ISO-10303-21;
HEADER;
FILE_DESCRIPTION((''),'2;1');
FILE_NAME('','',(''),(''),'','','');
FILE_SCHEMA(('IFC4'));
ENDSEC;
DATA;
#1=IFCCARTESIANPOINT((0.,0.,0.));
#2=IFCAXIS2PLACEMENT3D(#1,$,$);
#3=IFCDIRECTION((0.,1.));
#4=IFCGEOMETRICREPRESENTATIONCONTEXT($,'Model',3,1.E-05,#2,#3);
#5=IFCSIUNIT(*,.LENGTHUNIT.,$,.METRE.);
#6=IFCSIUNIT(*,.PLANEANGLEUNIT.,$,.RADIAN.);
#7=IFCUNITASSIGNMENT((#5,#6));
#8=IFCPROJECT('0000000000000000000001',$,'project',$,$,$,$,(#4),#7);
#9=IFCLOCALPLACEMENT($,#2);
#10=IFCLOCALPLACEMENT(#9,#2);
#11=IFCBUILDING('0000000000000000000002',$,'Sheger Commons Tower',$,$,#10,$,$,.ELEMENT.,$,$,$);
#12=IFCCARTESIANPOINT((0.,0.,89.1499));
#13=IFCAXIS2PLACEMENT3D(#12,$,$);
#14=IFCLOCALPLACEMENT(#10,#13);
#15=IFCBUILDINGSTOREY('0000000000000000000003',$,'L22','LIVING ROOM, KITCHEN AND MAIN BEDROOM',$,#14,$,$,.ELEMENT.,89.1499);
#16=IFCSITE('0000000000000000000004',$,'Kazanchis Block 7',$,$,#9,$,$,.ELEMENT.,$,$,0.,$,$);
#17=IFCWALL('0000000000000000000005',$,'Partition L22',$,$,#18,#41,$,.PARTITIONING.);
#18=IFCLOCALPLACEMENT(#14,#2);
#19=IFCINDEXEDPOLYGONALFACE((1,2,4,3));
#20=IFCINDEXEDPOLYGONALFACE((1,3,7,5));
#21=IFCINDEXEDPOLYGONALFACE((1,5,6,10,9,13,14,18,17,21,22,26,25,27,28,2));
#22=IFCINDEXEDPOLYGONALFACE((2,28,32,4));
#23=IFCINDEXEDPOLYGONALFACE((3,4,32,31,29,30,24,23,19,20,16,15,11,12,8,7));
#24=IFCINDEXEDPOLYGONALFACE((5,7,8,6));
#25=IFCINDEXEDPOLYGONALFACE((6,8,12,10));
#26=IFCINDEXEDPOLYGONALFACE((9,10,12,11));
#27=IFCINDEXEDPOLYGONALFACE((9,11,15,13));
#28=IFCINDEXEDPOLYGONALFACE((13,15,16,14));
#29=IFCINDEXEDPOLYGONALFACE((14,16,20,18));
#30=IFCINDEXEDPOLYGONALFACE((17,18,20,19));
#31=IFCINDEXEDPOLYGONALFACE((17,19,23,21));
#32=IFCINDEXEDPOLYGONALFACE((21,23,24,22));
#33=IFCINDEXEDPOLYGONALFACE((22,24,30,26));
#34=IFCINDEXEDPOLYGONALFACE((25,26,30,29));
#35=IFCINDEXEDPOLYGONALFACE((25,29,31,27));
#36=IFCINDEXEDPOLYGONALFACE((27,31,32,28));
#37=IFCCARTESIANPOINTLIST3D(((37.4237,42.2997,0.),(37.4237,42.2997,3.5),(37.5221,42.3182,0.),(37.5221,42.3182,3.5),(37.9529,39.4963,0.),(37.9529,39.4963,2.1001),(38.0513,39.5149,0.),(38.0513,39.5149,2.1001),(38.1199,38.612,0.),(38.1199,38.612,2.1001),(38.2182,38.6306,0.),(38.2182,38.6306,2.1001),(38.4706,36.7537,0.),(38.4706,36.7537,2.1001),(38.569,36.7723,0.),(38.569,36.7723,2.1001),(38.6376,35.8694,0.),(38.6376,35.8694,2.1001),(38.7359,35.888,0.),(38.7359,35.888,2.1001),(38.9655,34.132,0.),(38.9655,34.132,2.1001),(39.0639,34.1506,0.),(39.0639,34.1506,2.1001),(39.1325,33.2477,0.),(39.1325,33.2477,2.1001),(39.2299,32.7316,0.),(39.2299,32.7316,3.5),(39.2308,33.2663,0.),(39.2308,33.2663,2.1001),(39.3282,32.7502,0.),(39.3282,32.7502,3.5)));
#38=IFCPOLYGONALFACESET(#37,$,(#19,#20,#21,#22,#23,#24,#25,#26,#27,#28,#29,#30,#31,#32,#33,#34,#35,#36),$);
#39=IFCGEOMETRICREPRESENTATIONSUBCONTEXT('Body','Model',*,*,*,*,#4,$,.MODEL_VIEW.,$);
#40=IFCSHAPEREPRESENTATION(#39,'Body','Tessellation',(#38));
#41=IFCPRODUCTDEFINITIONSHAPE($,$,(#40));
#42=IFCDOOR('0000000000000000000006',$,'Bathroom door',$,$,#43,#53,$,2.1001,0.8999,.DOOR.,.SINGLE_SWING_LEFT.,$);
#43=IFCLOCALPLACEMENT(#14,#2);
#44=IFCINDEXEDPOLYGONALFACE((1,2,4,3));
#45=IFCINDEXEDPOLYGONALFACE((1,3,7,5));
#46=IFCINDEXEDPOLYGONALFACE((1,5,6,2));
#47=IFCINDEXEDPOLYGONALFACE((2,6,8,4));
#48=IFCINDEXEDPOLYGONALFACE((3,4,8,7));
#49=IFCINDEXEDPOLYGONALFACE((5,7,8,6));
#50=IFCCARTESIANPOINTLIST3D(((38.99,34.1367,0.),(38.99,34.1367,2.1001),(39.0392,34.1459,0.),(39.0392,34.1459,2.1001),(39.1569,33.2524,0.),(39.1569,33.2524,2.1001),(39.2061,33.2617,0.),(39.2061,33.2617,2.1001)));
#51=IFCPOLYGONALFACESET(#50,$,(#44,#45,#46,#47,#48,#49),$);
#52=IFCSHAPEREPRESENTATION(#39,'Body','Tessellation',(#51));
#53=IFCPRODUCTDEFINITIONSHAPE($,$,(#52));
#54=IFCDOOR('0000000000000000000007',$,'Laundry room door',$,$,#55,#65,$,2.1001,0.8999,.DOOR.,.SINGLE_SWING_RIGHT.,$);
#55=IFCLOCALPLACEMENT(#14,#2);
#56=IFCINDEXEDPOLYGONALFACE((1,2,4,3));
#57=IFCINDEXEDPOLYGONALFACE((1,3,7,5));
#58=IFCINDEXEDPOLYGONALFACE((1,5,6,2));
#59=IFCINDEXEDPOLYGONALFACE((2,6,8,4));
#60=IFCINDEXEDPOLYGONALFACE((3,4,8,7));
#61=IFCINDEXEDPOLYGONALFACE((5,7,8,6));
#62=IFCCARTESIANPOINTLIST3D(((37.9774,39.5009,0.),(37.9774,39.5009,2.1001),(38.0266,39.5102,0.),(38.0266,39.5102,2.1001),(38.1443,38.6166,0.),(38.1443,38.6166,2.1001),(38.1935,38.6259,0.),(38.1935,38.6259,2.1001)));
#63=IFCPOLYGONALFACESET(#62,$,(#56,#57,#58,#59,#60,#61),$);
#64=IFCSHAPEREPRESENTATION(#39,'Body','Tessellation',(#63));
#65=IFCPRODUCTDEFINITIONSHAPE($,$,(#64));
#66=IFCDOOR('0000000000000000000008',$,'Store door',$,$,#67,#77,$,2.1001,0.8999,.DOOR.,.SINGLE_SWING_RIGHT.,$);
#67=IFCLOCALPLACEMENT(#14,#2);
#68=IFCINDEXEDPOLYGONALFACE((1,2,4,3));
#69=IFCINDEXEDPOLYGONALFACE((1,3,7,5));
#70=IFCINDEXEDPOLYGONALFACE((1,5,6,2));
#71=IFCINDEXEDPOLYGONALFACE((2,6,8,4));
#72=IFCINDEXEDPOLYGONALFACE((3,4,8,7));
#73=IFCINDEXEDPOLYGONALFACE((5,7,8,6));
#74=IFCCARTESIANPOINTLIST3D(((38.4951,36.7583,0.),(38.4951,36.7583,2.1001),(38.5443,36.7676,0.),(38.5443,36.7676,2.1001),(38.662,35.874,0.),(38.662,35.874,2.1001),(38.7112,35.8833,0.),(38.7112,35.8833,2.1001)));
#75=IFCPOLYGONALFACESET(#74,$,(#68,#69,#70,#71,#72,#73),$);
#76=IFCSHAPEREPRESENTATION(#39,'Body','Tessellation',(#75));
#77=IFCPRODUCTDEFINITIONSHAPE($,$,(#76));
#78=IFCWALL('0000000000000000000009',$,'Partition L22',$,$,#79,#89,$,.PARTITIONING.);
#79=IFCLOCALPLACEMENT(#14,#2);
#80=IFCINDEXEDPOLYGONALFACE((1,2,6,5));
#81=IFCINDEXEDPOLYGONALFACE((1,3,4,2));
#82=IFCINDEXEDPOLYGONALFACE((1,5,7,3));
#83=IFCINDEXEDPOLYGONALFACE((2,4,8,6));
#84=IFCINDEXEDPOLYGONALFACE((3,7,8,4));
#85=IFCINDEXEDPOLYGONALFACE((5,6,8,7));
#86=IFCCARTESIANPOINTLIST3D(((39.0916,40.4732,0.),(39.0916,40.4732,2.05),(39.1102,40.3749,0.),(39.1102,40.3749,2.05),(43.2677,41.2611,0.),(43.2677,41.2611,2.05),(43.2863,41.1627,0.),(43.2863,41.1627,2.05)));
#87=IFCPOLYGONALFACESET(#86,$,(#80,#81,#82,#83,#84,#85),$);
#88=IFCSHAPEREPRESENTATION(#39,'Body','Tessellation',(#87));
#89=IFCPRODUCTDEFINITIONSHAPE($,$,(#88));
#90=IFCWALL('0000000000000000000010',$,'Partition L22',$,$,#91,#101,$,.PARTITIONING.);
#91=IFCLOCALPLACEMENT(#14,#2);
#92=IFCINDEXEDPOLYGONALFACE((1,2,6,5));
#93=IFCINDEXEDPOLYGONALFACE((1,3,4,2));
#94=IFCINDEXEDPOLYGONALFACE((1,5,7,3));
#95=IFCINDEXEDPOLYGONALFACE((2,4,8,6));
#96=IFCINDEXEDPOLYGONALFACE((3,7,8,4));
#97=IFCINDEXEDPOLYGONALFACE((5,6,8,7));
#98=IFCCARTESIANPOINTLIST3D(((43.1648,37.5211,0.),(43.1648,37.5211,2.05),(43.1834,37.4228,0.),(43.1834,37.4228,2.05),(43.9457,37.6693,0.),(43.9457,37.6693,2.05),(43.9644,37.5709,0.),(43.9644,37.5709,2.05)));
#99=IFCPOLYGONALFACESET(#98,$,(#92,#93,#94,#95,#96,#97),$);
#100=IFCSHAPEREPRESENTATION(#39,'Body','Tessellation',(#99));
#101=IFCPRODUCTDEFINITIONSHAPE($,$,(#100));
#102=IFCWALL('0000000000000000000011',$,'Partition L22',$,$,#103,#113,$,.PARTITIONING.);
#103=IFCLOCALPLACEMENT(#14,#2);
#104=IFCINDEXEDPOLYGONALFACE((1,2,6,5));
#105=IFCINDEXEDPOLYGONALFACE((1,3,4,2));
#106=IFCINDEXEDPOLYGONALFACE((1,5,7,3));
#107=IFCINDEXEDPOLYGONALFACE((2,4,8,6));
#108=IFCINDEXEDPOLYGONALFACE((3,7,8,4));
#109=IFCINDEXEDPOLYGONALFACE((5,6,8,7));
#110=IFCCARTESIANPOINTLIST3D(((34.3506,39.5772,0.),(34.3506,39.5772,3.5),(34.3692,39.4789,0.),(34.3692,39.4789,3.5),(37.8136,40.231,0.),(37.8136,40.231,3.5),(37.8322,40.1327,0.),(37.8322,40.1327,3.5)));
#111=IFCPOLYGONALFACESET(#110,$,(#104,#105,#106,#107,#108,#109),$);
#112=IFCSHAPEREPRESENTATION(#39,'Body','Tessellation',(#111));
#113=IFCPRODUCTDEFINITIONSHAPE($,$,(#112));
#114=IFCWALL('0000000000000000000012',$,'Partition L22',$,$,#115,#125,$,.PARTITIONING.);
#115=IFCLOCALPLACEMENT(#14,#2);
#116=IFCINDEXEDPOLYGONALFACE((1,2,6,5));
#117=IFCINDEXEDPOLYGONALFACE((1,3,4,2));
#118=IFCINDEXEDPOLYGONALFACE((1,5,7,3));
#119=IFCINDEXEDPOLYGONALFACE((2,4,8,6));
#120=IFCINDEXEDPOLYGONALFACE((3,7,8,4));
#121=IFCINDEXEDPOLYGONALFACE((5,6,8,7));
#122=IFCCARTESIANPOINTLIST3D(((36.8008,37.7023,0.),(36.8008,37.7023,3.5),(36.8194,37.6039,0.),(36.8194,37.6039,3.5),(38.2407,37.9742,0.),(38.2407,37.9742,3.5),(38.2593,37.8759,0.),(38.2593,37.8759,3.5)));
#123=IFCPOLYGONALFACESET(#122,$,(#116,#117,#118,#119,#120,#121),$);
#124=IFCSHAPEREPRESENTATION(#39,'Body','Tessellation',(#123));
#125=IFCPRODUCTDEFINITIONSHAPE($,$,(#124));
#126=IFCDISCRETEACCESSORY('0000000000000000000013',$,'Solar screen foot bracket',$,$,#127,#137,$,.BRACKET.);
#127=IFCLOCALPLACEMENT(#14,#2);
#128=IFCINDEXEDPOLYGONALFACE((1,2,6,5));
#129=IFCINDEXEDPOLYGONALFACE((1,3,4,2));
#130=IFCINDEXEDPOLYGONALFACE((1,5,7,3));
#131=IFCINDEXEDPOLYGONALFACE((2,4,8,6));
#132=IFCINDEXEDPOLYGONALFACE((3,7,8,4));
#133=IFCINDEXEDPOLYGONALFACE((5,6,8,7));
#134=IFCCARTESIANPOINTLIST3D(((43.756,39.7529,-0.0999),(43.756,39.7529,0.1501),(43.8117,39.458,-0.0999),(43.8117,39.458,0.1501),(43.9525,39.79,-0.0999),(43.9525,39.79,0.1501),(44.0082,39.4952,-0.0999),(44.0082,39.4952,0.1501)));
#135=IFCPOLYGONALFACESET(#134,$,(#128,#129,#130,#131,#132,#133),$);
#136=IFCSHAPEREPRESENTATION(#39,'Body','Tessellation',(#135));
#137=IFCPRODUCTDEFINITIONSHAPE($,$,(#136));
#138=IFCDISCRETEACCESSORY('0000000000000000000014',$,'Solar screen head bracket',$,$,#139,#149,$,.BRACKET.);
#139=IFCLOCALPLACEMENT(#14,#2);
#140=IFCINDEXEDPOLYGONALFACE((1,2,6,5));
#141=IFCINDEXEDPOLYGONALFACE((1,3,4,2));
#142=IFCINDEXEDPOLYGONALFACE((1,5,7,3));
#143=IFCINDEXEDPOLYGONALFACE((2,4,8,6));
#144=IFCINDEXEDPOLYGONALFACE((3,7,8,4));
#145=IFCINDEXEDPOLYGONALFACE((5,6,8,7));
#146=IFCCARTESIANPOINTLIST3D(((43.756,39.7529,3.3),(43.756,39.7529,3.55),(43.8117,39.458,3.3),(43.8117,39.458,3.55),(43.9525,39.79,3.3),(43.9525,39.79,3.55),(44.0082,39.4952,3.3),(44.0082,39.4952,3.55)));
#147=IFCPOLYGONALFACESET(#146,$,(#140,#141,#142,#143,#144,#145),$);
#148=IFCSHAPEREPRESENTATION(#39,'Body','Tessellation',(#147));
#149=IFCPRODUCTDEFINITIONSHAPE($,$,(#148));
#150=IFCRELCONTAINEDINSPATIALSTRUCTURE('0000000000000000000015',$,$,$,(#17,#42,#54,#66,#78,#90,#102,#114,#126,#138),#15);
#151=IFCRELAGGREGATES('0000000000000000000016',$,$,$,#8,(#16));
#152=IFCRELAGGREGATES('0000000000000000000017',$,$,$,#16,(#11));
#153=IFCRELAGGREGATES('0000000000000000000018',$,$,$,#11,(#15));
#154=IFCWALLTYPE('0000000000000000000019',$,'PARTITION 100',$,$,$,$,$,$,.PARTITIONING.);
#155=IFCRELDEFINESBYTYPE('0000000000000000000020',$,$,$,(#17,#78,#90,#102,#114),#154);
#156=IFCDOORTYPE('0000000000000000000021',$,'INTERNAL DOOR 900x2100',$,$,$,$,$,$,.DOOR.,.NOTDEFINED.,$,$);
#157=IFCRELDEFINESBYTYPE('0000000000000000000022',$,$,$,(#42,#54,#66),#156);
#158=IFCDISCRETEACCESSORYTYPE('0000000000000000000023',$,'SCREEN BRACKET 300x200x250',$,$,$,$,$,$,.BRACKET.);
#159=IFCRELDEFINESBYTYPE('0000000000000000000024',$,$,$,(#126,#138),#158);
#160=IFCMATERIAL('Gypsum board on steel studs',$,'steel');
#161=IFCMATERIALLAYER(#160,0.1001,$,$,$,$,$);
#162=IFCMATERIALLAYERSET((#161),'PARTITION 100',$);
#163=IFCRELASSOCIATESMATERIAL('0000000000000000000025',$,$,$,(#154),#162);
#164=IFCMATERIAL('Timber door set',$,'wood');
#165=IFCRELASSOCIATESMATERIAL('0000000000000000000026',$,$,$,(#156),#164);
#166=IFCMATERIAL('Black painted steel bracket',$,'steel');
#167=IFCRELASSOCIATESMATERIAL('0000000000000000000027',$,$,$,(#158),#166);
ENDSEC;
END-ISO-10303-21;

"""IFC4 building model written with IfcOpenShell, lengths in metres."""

from ifc_helpers import new_model, si_unit, direction, frame, frame_2d, origin, origin_2d, place, context, subcontext, project, spatial, rectangle, extrude, material, layer, layer_set, type_object, element, fill, save


model = new_model("IFC4")

# Units and contexts
model_context = context("Model", 3, precision=1e-05, world=origin(), true_north=direction((0.0, 1.0)))
body_context = subcontext(model_context, "Body", "Model", "MODEL_VIEW")
ifc_project = project(units=[si_unit("LENGTHUNIT", "METRE"), si_unit("PLANEANGLEUNIT", "RADIAN")], contexts=[model_context])

# Site, building, storey
site_placement = place(None, origin())
site = spatial("IfcSite", under=ifc_project, at=site_placement, Name="Kazanchis Block 7", CompositionType="ELEMENT", RefElevation=0.0)
building_placement = place(site_placement, origin())
building = spatial("IfcBuilding", under=site, at=building_placement, Name="Sheger Commons Tower", CompositionType="ELEMENT")
storey_placement = place(building_placement, frame((0.0, 0.0, 89.1499)))
storey = spatial("IfcBuildingStorey", under=building, at=storey_placement, Name="L22", Description="LIVING ROOM, KITCHEN AND MAIN BEDROOM", CompositionType="ELEMENT", Elevation=89.1499)

# Shared definitions
ifc_material_1 = material(Name="Gypsum board on steel studs", Category="steel")
ifc_layer_1 = layer(ifc_material_1, 0.1001)
ifc_layer_set_1 = layer_set([ifc_layer_1], Name="PARTITION 100")
wall_type = type_object("IfcWallType", Name="PARTITION 100", PredefinedType="PARTITIONING", material=ifc_layer_set_1)

# Wall, openings, doors
ifc_material_2 = material(Name="Timber door set", Category="wood")
door_type = type_object("IfcDoorType", Name="INTERNAL DOOR 900x2100", OperationType="NOTDEFINED", PredefinedType="DOOR", material=ifc_material_2)
wall_1_placement = place(storey_placement, frame((37.4729, 42.3091, 0.0), z_axis=(0.0, 0.0, 1.0), x_axis=(0.185492, -0.982646, 0.0)))
wall_1 = element("IfcWall", 1, at=wall_1_placement, inside=storey, type_object=wall_type, Name="Partition L22", PredefinedType="PARTITIONING", context=body_context, shape_type="SweptSolid", body=[
    extrude(rectangle(XDim=9.7371, YDim=0.1001, at=frame_2d((4.8687, 0.0))), origin(), (0.0, 0.0, 1.0), 3.5),
])
opening_1_placement = place(wall_1_placement, frame((8.312, 0.0, 0.0)))
opening_1 = element("IfcOpeningElement", 2, at=opening_1_placement, cuts=wall_1, PredefinedType="OPENING", context=body_context, shape_type="SweptSolid", body=[
    extrude(rectangle(XDim=0.8999, YDim=2.1001, at=frame_2d((0.45, 1.05))), frame((0.0, 0.0601, 0.0), z_axis=(0.0, -1.0, 0.0), x_axis=(1.0, 0.0, 0.0)), (0.0, 0.0, 1.0), 0.1201),
])
opening_2_placement = place(wall_1_placement, frame((2.853, 0.0, 0.0)))
opening_2 = element("IfcOpeningElement", 3, at=opening_2_placement, cuts=wall_1, PredefinedType="OPENING", context=body_context, shape_type="SweptSolid", body=[
    extrude(rectangle(XDim=0.8999, YDim=2.1001, at=frame_2d((0.45, 1.05))), frame((0.0, 0.0601, 0.0), z_axis=(0.0, -1.0, 0.0), x_axis=(1.0, 0.0, 0.0)), (0.0, 0.0, 1.0), 0.1201),
])
opening_3_placement = place(wall_1_placement, frame((5.644, 0.0, 0.0)))
opening_3 = element("IfcOpeningElement", 4, at=opening_3_placement, cuts=wall_1, PredefinedType="OPENING", context=body_context, shape_type="SweptSolid", body=[
    extrude(rectangle(XDim=0.8999, YDim=2.1001, at=frame_2d((0.45, 1.05))), frame((0.0, 0.0601, 0.0), z_axis=(0.0, -1.0, 0.0), x_axis=(1.0, 0.0, 0.0)), (0.0, 0.0, 1.0), 0.1201),
])
door_1_placement = place(opening_1_placement, origin())
door_1 = element("IfcDoor", 5, at=door_1_placement, inside=storey, type_object=door_type, Name="Bathroom door", OperationType="SINGLE_SWING_LEFT", OverallHeight=2.1001, OverallWidth=0.8999, PredefinedType="DOOR", context=body_context, shape_type="SweptSolid", body=[
    extrude(rectangle(XDim=0.8999, YDim=2.1001, at=frame_2d((0.45, 1.05))), frame((0.0, 0.0249, 0.0), z_axis=(0.0, -1.0, 0.0), x_axis=(1.0, 0.0, 0.0)), (0.0, 0.0, 1.0), 0.05),
])
fill(opening_1, door_1)
door_2_placement = place(opening_2_placement, origin())
door_2 = element("IfcDoor", 6, at=door_2_placement, inside=storey, type_object=door_type, Name="Laundry room door", OperationType="SINGLE_SWING_RIGHT", OverallHeight=2.1001, OverallWidth=0.8999, PredefinedType="DOOR", context=body_context, shape_type="SweptSolid", body=[
    extrude(rectangle(XDim=0.8999, YDim=2.1001, at=frame_2d((0.45, 1.05))), frame((0.0, 0.0249, 0.0), z_axis=(0.0, -1.0, 0.0), x_axis=(1.0, 0.0, 0.0)), (0.0, 0.0, 1.0), 0.05),
])
fill(opening_2, door_2)
door_3_placement = place(opening_3_placement, origin())
door_3 = element("IfcDoor", 7, at=door_3_placement, inside=storey, type_object=door_type, Name="Store door", OperationType="SINGLE_SWING_RIGHT", OverallHeight=2.1001, OverallWidth=0.8999, PredefinedType="DOOR", context=body_context, shape_type="SweptSolid", body=[
    extrude(rectangle(XDim=0.8999, YDim=2.1001, at=frame_2d((0.45, 1.05))), frame((0.0, 0.0249, 0.0), z_axis=(0.0, -1.0, 0.0), x_axis=(1.0, 0.0, 0.0)), (0.0, 0.0, 1.0), 0.05),
])
fill(opening_3, door_3)

# Walls
wall_2_placement = place(storey_placement, frame((43.2771, 41.2119, 0.0), z_axis=(0.0, 0.0, 1.0), x_axis=(-0.982665, -0.185388, 0.0)))
element("IfcWall", 8, at=wall_2_placement, inside=storey, type_object=wall_type, Name="Partition L22", PredefinedType="PARTITIONING", context=body_context, shape_type="SweptSolid", body=[
    extrude(rectangle(XDim=4.2498, YDim=0.1001, at=frame_2d((2.125, 0.0))), origin(), (0.0, 0.0, 1.0), 2.05),
])
wall_3_placement = place(storey_placement, frame((43.9551, 37.6201, 0.0), z_axis=(0.0, 0.0, 1.0), x_axis=(-0.98247, -0.186421, 0.0)))
element("IfcWall", 9, at=wall_3_placement, inside=storey, type_object=wall_type, Name="Partition L22", PredefinedType="PARTITIONING", context=body_context, shape_type="SweptSolid", body=[
    extrude(rectangle(XDim=0.7949, YDim=0.1001, at=frame_2d((0.3975, 0.0))), origin(), (0.0, 0.0, 1.0), 2.05),
])
wall_4_placement = place(storey_placement, frame((37.823, 40.1819, 0.0), z_axis=(0.0, 0.0, 1.0), x_axis=(-0.982639, -0.185527, 0.0)))
element("IfcWall", 10, at=wall_4_placement, inside=storey, type_object=wall_type, Name="Partition L22", PredefinedType="PARTITIONING", context=body_context, shape_type="SweptSolid", body=[
    extrude(rectangle(XDim=3.5242, YDim=0.1001, at=frame_2d((1.7622, 0.0))), origin(), (0.0, 0.0, 1.0), 3.5),
])
wall_5_placement = place(storey_placement, frame((38.25, 37.925, 0.0), z_axis=(0.0, 0.0, 1.0), x_axis=(-0.982626, -0.185596, 0.0)))
element("IfcWall", 11, at=wall_5_placement, inside=storey, type_object=wall_type, Name="Partition L22", PredefinedType="PARTITIONING", context=body_context, shape_type="SweptSolid", body=[
    extrude(rectangle(XDim=1.4653, YDim=0.1001, at=frame_2d((0.7327, 0.0))), origin(), (0.0, 0.0, 1.0), 3.5),
])

# Discrete accessories
ifc_material_3 = material(Name="Black painted steel bracket", Category="steel")
discrete_accessory_type = type_object("IfcDiscreteAccessoryType", Name="SCREEN BRACKET 300x200x250", PredefinedType="BRACKET", material=ifc_material_3)
for number, where, z_axis, x_axis, name in (
    (12, (43.8821, 39.624, -0.0999), (0.0, 0.0, 1.0), (-0.185615, 0.982623, 0.0), "Solar screen foot bracket"),
    (13, (43.8821, 39.624, 3.3), (0.0, 0.0, 1.0), (-0.185615, 0.982623, 0.0), "Solar screen head bracket"),
):
    element("IfcDiscreteAccessory", number, at=place(storey_placement, frame(where, z_axis=z_axis, x_axis=x_axis)), inside=storey, type_object=discrete_accessory_type, Name=name, PredefinedType="BRACKET", context=body_context, shape_type="SweptSolid", body=[
        extrude(rectangle(XDim=0.3, YDim=0.2, at=origin_2d()), origin(), (0.0, 0.0, 1.0), 0.25),
    ])

save(model, "model.ifc")
